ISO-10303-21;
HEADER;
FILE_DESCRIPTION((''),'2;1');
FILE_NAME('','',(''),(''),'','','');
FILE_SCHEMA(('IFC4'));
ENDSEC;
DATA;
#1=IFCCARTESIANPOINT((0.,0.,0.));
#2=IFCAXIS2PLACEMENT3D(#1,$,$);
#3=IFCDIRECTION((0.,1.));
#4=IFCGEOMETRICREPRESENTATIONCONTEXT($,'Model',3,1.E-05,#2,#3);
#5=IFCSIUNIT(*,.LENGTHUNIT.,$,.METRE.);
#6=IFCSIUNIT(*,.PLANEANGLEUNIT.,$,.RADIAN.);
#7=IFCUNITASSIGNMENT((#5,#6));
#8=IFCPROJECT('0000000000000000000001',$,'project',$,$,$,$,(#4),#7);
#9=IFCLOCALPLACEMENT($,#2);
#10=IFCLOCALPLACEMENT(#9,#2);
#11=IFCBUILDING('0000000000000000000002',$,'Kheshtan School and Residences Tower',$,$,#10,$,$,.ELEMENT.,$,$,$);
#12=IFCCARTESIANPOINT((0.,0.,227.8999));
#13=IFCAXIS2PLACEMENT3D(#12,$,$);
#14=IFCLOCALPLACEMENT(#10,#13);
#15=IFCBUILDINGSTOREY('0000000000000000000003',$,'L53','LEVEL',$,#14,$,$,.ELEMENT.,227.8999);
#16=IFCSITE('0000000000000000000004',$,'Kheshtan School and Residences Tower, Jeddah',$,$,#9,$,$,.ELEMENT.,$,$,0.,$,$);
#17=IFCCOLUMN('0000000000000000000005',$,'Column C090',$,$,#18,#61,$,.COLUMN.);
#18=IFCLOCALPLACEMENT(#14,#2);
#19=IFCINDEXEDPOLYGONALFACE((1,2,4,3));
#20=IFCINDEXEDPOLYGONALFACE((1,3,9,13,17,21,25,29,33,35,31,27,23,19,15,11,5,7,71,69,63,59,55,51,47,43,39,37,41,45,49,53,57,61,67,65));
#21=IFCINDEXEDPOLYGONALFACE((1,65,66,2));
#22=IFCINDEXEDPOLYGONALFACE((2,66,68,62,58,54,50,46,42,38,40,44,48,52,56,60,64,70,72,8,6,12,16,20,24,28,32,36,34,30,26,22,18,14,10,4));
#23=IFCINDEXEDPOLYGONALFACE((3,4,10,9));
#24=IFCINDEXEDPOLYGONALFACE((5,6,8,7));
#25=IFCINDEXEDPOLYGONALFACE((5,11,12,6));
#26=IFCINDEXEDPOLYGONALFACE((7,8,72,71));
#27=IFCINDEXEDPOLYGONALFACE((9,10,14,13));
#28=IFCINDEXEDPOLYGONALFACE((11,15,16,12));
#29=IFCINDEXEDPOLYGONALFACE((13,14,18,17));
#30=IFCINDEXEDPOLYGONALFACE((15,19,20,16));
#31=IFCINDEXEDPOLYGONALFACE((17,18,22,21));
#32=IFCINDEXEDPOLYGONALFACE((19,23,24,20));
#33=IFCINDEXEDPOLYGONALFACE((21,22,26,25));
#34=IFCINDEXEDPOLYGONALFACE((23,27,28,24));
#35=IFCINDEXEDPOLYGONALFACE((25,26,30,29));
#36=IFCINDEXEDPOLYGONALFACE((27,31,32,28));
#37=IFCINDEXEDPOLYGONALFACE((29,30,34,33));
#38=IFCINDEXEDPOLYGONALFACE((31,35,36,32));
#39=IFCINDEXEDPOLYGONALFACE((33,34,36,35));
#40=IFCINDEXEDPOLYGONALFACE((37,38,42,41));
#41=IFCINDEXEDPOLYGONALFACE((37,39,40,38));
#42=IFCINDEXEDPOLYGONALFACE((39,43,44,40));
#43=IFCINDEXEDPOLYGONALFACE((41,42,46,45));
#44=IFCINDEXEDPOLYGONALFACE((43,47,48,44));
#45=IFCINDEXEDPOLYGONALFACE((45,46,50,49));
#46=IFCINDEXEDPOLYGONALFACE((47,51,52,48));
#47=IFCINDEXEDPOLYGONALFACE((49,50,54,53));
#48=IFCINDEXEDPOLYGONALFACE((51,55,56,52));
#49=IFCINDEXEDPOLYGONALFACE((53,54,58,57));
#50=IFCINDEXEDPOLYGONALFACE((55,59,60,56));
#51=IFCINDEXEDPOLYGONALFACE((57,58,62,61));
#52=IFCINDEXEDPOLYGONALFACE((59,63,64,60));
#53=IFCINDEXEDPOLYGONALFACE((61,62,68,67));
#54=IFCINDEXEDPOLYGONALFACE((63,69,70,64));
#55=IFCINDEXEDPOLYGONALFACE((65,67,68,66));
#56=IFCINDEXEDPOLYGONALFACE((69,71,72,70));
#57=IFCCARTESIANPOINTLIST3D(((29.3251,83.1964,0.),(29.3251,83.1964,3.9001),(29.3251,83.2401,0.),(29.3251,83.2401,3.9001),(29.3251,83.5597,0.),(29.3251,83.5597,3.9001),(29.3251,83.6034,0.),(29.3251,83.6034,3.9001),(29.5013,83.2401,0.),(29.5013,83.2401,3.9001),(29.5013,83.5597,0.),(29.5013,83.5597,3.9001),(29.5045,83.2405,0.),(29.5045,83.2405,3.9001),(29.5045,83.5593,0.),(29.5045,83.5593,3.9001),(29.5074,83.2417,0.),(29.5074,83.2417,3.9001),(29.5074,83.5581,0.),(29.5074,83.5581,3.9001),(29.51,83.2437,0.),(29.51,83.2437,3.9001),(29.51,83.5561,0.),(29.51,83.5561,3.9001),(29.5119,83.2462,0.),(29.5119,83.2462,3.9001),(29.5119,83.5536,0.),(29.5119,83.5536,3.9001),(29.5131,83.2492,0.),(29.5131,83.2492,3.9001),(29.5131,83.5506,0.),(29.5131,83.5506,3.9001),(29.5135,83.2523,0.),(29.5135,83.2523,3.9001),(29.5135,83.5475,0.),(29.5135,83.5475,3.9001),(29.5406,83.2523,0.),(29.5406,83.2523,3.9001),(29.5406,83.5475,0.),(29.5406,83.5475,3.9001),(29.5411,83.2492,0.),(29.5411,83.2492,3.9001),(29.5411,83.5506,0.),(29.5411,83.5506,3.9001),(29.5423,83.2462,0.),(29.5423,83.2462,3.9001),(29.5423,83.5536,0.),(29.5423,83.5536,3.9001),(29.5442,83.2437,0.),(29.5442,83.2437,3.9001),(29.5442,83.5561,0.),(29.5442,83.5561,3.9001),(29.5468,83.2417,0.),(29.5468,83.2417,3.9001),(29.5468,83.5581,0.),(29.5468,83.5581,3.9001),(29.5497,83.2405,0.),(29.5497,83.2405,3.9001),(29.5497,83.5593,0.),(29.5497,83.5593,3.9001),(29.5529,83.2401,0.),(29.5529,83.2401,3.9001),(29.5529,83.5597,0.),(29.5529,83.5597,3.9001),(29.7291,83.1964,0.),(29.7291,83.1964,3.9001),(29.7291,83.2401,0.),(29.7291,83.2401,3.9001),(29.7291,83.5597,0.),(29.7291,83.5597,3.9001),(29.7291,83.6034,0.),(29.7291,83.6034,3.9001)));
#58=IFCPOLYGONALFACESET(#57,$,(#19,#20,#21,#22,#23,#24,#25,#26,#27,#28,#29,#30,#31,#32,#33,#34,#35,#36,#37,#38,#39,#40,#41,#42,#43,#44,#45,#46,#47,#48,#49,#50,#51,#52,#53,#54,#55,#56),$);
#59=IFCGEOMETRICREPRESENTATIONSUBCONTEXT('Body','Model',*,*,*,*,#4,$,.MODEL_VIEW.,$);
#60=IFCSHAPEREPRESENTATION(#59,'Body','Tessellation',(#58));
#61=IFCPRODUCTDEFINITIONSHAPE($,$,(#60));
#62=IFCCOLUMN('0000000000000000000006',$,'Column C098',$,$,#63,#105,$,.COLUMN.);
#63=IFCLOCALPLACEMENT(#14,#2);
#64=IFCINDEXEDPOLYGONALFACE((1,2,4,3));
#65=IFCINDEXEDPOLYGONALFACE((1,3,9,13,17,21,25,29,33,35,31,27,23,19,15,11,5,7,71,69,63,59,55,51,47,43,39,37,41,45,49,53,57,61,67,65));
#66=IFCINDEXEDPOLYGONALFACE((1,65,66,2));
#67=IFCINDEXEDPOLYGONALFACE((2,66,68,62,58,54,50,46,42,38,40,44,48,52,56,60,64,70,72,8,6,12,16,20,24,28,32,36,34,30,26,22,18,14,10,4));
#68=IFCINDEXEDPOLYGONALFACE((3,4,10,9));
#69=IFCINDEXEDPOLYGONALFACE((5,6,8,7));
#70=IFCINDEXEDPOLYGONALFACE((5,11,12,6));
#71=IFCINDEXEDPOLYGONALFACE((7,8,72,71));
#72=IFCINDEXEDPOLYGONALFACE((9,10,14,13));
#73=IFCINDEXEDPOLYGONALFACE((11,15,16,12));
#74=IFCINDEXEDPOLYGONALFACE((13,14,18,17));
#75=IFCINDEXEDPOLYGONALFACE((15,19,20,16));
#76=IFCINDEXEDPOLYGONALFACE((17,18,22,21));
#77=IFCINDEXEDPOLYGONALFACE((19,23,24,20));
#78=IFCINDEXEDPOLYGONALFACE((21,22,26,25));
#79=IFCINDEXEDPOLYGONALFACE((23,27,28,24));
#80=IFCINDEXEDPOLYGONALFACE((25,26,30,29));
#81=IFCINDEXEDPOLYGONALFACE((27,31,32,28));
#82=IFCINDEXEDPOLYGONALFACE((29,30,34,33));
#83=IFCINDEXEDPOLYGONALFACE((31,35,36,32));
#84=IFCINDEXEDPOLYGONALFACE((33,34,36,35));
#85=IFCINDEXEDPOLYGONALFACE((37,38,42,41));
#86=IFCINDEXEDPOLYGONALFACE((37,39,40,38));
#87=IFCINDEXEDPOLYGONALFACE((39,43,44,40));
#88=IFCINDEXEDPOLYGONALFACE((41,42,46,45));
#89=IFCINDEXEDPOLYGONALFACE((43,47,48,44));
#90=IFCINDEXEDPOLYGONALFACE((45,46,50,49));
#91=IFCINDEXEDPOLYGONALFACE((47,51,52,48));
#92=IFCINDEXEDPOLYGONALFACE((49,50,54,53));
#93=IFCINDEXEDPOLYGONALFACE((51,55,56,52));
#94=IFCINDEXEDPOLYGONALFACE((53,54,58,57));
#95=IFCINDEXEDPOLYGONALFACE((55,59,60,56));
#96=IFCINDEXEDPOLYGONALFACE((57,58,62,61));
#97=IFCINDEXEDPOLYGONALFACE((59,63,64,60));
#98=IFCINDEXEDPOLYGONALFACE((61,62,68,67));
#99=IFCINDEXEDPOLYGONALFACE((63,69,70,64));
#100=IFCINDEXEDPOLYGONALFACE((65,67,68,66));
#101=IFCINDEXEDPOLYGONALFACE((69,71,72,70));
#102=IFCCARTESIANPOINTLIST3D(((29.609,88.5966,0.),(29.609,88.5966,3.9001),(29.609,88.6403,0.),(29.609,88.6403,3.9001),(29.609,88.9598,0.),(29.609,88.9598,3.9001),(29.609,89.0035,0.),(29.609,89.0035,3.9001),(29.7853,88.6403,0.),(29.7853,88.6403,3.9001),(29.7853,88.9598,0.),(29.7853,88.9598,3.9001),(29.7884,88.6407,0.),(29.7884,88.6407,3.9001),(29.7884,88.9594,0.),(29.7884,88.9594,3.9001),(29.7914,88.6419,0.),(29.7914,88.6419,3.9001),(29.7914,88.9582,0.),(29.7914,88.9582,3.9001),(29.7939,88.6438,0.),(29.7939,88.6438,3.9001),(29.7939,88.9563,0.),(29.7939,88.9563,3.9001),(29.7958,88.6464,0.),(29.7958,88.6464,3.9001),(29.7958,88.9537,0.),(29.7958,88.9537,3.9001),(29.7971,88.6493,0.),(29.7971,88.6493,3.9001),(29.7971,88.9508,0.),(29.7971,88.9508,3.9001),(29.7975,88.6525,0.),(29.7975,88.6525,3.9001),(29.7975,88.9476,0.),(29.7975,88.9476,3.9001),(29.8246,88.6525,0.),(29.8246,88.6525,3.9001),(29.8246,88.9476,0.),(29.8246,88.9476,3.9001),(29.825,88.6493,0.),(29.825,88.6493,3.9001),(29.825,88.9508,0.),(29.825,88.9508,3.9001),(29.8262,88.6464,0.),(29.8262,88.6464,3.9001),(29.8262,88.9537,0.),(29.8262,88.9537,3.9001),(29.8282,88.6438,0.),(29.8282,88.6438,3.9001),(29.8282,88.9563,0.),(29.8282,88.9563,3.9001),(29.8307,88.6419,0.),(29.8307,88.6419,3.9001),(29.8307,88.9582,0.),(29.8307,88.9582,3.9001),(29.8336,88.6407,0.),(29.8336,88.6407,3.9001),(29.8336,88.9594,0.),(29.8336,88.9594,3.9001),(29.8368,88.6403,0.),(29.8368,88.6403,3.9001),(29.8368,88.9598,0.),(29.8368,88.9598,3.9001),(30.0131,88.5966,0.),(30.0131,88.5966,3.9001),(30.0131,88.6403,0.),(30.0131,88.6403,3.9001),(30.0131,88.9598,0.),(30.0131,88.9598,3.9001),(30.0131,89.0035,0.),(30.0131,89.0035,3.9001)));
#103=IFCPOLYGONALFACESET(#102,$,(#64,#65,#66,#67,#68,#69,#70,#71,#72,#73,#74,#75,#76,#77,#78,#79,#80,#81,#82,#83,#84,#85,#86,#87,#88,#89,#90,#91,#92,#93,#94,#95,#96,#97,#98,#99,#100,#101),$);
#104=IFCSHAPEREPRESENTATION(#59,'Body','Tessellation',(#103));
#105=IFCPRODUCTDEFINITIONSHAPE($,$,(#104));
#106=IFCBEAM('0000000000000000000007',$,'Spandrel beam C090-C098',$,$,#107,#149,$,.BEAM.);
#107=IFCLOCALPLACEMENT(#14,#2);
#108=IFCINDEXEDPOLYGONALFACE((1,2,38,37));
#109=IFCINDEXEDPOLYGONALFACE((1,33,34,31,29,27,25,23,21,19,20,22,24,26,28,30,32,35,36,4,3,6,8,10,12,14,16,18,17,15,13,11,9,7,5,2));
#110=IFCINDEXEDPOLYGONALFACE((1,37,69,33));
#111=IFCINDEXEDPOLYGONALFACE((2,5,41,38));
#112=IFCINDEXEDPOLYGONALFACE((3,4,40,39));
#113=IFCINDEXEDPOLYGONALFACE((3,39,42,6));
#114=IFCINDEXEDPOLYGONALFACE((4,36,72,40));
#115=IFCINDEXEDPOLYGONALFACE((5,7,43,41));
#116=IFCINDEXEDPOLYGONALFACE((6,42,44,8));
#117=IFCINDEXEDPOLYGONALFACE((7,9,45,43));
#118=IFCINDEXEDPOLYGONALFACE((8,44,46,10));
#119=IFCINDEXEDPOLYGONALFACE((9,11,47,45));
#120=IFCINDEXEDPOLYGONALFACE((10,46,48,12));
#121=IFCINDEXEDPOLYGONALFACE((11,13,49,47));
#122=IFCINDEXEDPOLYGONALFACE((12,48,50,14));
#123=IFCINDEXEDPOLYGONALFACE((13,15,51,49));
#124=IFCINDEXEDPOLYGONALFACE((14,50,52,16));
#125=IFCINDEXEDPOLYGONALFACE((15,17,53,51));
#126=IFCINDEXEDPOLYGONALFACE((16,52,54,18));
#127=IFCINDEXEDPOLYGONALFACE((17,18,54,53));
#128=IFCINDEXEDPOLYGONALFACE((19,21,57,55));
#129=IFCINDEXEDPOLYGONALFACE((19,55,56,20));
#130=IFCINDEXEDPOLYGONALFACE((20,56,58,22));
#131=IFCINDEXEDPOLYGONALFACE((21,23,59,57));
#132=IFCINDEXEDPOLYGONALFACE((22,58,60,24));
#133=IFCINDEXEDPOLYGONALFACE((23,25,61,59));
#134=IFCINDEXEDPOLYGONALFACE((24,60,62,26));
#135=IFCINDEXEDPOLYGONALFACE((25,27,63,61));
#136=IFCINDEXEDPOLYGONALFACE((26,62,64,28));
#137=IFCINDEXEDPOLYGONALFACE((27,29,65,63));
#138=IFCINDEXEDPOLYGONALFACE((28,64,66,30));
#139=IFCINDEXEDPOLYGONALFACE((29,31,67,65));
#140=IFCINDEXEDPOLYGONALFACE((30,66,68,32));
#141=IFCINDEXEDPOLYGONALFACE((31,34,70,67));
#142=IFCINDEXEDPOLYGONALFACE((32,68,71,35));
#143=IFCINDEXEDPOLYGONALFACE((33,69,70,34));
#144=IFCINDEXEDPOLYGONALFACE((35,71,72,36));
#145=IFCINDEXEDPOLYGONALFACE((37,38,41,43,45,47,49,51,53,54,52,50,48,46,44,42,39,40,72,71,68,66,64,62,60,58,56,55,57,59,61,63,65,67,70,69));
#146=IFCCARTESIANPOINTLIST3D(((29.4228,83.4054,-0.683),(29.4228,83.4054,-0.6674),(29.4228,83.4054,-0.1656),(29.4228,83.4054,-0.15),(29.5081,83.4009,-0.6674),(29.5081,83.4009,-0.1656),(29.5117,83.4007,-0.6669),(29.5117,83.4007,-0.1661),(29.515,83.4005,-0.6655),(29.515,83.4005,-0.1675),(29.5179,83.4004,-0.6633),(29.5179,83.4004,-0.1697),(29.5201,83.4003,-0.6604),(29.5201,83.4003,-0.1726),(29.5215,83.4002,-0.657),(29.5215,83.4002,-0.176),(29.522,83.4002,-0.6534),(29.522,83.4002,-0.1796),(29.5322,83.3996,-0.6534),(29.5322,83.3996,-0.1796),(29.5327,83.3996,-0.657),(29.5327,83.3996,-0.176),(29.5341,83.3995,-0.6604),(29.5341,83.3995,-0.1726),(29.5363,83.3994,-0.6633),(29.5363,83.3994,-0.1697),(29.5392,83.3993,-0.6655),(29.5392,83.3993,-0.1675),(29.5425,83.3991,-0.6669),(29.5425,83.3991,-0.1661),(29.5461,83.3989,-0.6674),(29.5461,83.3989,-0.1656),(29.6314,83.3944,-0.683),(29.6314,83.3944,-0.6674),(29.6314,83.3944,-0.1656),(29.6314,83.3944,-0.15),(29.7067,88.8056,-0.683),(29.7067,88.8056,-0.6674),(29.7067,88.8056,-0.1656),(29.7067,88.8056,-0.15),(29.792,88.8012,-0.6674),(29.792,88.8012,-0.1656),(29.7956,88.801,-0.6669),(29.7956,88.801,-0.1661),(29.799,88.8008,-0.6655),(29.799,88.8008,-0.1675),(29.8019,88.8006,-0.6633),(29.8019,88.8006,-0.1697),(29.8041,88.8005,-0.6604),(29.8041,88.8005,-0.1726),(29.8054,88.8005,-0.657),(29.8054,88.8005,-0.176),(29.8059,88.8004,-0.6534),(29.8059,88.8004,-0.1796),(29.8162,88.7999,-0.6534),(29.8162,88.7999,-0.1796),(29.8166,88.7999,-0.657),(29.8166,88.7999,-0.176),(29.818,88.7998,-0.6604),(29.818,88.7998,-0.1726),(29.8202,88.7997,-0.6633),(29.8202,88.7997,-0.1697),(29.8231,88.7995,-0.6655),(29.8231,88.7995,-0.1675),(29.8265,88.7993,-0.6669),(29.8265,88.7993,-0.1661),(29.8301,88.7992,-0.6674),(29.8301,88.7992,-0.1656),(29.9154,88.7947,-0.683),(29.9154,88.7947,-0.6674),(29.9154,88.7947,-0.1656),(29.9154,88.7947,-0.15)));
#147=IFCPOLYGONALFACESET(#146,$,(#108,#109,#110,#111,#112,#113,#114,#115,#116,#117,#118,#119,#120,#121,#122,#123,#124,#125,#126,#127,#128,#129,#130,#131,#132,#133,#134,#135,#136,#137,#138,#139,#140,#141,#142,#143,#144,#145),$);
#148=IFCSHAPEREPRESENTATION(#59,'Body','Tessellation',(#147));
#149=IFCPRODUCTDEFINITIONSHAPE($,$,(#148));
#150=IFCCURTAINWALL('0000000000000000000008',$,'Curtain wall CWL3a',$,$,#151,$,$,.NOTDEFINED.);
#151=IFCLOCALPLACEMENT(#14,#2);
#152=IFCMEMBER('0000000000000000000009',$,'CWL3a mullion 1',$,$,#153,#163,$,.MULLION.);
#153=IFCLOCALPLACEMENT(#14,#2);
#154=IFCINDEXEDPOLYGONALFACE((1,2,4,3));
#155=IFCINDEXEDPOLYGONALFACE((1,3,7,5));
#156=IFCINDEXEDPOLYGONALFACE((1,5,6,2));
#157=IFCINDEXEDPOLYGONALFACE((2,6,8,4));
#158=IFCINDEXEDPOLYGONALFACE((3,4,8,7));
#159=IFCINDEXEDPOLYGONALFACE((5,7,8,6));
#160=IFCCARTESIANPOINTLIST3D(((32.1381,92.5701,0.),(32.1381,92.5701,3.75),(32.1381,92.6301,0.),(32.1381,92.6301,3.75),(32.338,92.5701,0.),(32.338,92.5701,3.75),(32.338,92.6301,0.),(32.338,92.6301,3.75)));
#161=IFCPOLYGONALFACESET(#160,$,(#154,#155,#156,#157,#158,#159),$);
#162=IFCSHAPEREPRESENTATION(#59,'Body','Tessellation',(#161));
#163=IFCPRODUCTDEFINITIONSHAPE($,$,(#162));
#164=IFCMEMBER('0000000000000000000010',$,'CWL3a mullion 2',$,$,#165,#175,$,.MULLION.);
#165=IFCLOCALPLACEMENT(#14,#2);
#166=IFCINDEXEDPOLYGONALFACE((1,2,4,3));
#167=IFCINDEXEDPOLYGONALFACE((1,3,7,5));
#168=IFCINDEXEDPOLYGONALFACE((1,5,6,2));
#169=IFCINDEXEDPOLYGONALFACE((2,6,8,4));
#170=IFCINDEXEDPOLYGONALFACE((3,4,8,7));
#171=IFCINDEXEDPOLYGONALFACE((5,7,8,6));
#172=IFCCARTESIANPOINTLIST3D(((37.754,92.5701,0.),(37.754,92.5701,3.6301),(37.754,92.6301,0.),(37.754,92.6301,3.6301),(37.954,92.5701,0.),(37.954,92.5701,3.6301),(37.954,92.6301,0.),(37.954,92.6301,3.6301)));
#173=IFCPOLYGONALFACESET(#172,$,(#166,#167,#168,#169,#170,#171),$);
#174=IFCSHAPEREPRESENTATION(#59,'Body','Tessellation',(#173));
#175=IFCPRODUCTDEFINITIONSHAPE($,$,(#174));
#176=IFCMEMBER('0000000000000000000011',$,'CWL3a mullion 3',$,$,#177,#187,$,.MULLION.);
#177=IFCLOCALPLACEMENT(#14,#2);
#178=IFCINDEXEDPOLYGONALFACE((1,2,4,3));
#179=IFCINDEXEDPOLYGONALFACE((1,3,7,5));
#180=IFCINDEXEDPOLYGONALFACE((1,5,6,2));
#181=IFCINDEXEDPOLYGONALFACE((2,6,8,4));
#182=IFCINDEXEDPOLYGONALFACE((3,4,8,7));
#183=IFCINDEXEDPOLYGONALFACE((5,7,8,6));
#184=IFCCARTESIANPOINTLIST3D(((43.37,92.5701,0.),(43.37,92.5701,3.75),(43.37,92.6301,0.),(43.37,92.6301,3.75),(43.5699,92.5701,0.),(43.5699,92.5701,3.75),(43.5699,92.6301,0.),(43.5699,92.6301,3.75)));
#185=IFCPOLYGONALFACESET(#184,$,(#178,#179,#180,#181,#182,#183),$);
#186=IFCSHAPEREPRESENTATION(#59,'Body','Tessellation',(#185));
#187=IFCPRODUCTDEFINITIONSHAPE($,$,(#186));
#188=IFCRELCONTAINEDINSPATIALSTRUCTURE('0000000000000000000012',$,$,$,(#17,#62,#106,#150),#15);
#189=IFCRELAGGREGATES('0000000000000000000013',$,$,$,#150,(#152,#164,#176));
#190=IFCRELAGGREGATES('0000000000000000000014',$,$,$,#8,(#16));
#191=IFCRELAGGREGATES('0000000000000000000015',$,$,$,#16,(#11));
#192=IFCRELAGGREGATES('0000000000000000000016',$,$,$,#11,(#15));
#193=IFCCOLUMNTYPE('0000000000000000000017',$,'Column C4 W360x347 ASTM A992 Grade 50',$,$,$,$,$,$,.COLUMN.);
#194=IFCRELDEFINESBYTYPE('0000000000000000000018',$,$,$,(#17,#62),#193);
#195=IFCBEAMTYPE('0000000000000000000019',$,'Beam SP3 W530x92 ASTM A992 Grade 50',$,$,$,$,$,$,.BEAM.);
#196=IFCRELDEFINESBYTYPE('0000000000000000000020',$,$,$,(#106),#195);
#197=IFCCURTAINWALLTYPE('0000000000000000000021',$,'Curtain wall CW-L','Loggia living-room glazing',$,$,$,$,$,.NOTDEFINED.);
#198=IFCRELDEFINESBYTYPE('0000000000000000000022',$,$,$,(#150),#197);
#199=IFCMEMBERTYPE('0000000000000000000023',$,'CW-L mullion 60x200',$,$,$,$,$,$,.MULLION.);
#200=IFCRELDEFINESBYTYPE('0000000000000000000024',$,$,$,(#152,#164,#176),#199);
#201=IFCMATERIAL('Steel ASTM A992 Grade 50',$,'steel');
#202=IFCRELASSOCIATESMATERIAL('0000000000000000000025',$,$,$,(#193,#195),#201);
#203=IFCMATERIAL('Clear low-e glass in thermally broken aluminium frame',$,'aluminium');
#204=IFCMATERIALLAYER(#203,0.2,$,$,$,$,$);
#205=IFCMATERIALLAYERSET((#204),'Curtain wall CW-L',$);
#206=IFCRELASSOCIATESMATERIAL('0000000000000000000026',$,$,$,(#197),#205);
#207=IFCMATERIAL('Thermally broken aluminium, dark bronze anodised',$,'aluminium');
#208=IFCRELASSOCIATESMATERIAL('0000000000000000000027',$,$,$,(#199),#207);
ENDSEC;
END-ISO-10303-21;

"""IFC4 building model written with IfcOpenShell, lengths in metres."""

from ifc_helpers import new_model, si_unit, direction, frame, origin, origin_2d, place, context, subcontext, project, spatial, rectangle, i_section, extrude, material, layer, layer_set, material_profile, profile_set, type_object, element, aggregate, save


model = new_model("IFC4")

# Units and contexts
model_context = context("Model", 3, precision=1e-05, world=origin(), true_north=direction((0.0, 1.0)))
body_context = subcontext(model_context, "Body", "Model", "MODEL_VIEW")
ifc_project = project(units=[si_unit("LENGTHUNIT", "METRE"), si_unit("PLANEANGLEUNIT", "RADIAN")], contexts=[model_context])

# Site, building, storey
site_placement = place(None, origin())
site = spatial("IfcSite", under=ifc_project, at=site_placement, Name="Kheshtan School and Residences Tower, Jeddah", CompositionType="ELEMENT", RefElevation=0.0)
building_placement = place(site_placement, origin())
building = spatial("IfcBuilding", under=site, at=building_placement, Name="Kheshtan School and Residences Tower", CompositionType="ELEMENT")
storey_placement = place(building_placement, frame((0.0, 0.0, 227.8999)))
storey = spatial("IfcBuildingStorey", under=building, at=storey_placement, Name="L53", Description="LEVEL", CompositionType="ELEMENT", Elevation=227.8999)

# Columns
ifc_material_1 = material(Name="Steel ASTM A992 Grade 50", Category="steel")
ifc_material_profile_1 = material_profile(ifc_material_1, i_section(OverallWidth=0.4041, OverallDepth=0.407, WebThickness=0.0271, FlangeThickness=0.0437, FilletRadius=0.0122, at=origin_2d()), Name="W360x347")
ifc_profile_set_1 = profile_set([ifc_material_profile_1], Name="Steel ASTM A992 Grade 50")
column_type = type_object("IfcColumnType", Name="Column C4 W360x347 ASTM A992 Grade 50", PredefinedType="COLUMN", material=ifc_profile_set_1)
for number, where, z_axis, x_axis, name in (
    (1, (29.5271, 83.3999, 0.0), (0.0, 0.0, 1.0), (1.0, 0.0, 0.0), "Column C090"),
    (2, (29.811, 88.8, 0.0), (0.0, 0.0, 1.0), (1.0, 0.0, 0.0), "Column C098"),
):
    element("IfcColumn", number, at=place(storey_placement, frame(where, z_axis=z_axis, x_axis=x_axis)), inside=storey, type_object=column_type, Name=name, PredefinedType="COLUMN", context=body_context, shape_type="SweptSolid", body=[
        extrude(i_section(OverallWidth=0.4041, OverallDepth=0.407, WebThickness=0.0271, FlangeThickness=0.0437, FilletRadius=0.0122, at=origin_2d()), origin(), (0.0, 0.0, 1.0), 3.9001),
    ])

# Beam
ifc_material_profile_2 = material_profile(ifc_material_1, i_section(OverallWidth=0.209, OverallDepth=0.533, WebThickness=0.0103, FlangeThickness=0.0156, FilletRadius=0.0139, at=origin_2d()), Name="W530x92")
ifc_profile_set_2 = profile_set([ifc_material_profile_2], Name="Steel ASTM A992 Grade 50")
beam_type_1 = type_object("IfcBeamType", Name="Beam SP3 W530x92 ASTM A992 Grade 50", PredefinedType="BEAM", material=ifc_profile_set_2)
beam_1_placement = place(storey_placement, frame((29.5271, 83.3999, -0.4165), z_axis=(0.052507, 0.998621, 0.0), x_axis=(-0.998621, 0.052507, 0.0)))
element("IfcBeam", 3, at=beam_1_placement, inside=storey, type_object=beam_type_1, Name="Spandrel beam C090-C098", PredefinedType="BEAM", context=body_context, shape_type="SweptSolid", body=[
    extrude(i_section(OverallWidth=0.209, OverallDepth=0.533, WebThickness=0.0103, FlangeThickness=0.0156, FilletRadius=0.0139, at=origin_2d()), origin(), (0.0, 0.0, 1.0), 5.4077),
])

# Curtain wall, members
ifc_material_2 = material(Name="Clear low-e glass in thermally broken aluminium frame", Category="aluminium")
ifc_layer_1 = layer(ifc_material_2, 0.2)
ifc_layer_set_1 = layer_set([ifc_layer_1], Name="Curtain wall CW-L")
curtain_wall_type = type_object("IfcCurtainWallType", Name="Curtain wall CW-L", Description="Loggia living-room glazing", PredefinedType="NOTDEFINED", material=ifc_layer_set_1)
curtain_wall_placement = place(storey_placement, origin())
curtain_wall = element("IfcCurtainWall", 4, at=curtain_wall_placement, inside=storey, type_object=curtain_wall_type, Name="Curtain wall CWL3a", PredefinedType="NOTDEFINED")
ifc_material_3 = material(Name="Thermally broken aluminium, dark bronze anodised", Category="aluminium")
ifc_material_profile_3 = material_profile(ifc_material_3, rectangle(XDim=0.0601, YDim=0.2, at=origin_2d()), Name="CW-L mullion 60x200")
ifc_profile_set_3 = profile_set([ifc_material_profile_3], Name="Thermally broken aluminium, dark bronze anodised")
member_type_1 = type_object("IfcMemberType", Name="CW-L mullion 60x200", PredefinedType="MULLION", material=ifc_profile_set_3)
member_1_placement = place(storey_placement, frame((32.238, 92.6001, 0.0), z_axis=(0.0, 0.0, 1.0), x_axis=(0.0, 1.0, 0.0)))
member_1 = element("IfcMember", 5, at=member_1_placement, type_object=member_type_1, Name="CWL3a mullion 1", PredefinedType="MULLION", context=body_context, shape_type="SweptSolid", body=[
    extrude(rectangle(XDim=0.0601, YDim=0.2, at=origin_2d()), origin(), (0.0, 0.0, 1.0), 3.75),
])
member_2_placement = place(storey_placement, frame((37.854, 92.6001, 0.0), z_axis=(0.0, 0.0, 1.0), x_axis=(0.0, 1.0, 0.0)))
member_2 = element("IfcMember", 6, at=member_2_placement, type_object=member_type_1, Name="CWL3a mullion 2", PredefinedType="MULLION", context=body_context, shape_type="SweptSolid", body=[
    extrude(rectangle(XDim=0.0601, YDim=0.2, at=origin_2d()), origin(), (0.0, 0.0, 1.0), 3.6301),
])
member_3_placement = place(storey_placement, frame((43.47, 92.6001, 0.0), z_axis=(0.0, 0.0, 1.0), x_axis=(0.0, 1.0, 0.0)))
member_3 = element("IfcMember", 7, at=member_3_placement, type_object=member_type_1, Name="CWL3a mullion 3", PredefinedType="MULLION", context=body_context, shape_type="SweptSolid", body=[
    extrude(rectangle(XDim=0.0601, YDim=0.2, at=origin_2d()), origin(), (0.0, 0.0, 1.0), 3.75),
])

aggregate(curtain_wall, [member_1, member_2, member_3])

save(model, "model.ifc")
